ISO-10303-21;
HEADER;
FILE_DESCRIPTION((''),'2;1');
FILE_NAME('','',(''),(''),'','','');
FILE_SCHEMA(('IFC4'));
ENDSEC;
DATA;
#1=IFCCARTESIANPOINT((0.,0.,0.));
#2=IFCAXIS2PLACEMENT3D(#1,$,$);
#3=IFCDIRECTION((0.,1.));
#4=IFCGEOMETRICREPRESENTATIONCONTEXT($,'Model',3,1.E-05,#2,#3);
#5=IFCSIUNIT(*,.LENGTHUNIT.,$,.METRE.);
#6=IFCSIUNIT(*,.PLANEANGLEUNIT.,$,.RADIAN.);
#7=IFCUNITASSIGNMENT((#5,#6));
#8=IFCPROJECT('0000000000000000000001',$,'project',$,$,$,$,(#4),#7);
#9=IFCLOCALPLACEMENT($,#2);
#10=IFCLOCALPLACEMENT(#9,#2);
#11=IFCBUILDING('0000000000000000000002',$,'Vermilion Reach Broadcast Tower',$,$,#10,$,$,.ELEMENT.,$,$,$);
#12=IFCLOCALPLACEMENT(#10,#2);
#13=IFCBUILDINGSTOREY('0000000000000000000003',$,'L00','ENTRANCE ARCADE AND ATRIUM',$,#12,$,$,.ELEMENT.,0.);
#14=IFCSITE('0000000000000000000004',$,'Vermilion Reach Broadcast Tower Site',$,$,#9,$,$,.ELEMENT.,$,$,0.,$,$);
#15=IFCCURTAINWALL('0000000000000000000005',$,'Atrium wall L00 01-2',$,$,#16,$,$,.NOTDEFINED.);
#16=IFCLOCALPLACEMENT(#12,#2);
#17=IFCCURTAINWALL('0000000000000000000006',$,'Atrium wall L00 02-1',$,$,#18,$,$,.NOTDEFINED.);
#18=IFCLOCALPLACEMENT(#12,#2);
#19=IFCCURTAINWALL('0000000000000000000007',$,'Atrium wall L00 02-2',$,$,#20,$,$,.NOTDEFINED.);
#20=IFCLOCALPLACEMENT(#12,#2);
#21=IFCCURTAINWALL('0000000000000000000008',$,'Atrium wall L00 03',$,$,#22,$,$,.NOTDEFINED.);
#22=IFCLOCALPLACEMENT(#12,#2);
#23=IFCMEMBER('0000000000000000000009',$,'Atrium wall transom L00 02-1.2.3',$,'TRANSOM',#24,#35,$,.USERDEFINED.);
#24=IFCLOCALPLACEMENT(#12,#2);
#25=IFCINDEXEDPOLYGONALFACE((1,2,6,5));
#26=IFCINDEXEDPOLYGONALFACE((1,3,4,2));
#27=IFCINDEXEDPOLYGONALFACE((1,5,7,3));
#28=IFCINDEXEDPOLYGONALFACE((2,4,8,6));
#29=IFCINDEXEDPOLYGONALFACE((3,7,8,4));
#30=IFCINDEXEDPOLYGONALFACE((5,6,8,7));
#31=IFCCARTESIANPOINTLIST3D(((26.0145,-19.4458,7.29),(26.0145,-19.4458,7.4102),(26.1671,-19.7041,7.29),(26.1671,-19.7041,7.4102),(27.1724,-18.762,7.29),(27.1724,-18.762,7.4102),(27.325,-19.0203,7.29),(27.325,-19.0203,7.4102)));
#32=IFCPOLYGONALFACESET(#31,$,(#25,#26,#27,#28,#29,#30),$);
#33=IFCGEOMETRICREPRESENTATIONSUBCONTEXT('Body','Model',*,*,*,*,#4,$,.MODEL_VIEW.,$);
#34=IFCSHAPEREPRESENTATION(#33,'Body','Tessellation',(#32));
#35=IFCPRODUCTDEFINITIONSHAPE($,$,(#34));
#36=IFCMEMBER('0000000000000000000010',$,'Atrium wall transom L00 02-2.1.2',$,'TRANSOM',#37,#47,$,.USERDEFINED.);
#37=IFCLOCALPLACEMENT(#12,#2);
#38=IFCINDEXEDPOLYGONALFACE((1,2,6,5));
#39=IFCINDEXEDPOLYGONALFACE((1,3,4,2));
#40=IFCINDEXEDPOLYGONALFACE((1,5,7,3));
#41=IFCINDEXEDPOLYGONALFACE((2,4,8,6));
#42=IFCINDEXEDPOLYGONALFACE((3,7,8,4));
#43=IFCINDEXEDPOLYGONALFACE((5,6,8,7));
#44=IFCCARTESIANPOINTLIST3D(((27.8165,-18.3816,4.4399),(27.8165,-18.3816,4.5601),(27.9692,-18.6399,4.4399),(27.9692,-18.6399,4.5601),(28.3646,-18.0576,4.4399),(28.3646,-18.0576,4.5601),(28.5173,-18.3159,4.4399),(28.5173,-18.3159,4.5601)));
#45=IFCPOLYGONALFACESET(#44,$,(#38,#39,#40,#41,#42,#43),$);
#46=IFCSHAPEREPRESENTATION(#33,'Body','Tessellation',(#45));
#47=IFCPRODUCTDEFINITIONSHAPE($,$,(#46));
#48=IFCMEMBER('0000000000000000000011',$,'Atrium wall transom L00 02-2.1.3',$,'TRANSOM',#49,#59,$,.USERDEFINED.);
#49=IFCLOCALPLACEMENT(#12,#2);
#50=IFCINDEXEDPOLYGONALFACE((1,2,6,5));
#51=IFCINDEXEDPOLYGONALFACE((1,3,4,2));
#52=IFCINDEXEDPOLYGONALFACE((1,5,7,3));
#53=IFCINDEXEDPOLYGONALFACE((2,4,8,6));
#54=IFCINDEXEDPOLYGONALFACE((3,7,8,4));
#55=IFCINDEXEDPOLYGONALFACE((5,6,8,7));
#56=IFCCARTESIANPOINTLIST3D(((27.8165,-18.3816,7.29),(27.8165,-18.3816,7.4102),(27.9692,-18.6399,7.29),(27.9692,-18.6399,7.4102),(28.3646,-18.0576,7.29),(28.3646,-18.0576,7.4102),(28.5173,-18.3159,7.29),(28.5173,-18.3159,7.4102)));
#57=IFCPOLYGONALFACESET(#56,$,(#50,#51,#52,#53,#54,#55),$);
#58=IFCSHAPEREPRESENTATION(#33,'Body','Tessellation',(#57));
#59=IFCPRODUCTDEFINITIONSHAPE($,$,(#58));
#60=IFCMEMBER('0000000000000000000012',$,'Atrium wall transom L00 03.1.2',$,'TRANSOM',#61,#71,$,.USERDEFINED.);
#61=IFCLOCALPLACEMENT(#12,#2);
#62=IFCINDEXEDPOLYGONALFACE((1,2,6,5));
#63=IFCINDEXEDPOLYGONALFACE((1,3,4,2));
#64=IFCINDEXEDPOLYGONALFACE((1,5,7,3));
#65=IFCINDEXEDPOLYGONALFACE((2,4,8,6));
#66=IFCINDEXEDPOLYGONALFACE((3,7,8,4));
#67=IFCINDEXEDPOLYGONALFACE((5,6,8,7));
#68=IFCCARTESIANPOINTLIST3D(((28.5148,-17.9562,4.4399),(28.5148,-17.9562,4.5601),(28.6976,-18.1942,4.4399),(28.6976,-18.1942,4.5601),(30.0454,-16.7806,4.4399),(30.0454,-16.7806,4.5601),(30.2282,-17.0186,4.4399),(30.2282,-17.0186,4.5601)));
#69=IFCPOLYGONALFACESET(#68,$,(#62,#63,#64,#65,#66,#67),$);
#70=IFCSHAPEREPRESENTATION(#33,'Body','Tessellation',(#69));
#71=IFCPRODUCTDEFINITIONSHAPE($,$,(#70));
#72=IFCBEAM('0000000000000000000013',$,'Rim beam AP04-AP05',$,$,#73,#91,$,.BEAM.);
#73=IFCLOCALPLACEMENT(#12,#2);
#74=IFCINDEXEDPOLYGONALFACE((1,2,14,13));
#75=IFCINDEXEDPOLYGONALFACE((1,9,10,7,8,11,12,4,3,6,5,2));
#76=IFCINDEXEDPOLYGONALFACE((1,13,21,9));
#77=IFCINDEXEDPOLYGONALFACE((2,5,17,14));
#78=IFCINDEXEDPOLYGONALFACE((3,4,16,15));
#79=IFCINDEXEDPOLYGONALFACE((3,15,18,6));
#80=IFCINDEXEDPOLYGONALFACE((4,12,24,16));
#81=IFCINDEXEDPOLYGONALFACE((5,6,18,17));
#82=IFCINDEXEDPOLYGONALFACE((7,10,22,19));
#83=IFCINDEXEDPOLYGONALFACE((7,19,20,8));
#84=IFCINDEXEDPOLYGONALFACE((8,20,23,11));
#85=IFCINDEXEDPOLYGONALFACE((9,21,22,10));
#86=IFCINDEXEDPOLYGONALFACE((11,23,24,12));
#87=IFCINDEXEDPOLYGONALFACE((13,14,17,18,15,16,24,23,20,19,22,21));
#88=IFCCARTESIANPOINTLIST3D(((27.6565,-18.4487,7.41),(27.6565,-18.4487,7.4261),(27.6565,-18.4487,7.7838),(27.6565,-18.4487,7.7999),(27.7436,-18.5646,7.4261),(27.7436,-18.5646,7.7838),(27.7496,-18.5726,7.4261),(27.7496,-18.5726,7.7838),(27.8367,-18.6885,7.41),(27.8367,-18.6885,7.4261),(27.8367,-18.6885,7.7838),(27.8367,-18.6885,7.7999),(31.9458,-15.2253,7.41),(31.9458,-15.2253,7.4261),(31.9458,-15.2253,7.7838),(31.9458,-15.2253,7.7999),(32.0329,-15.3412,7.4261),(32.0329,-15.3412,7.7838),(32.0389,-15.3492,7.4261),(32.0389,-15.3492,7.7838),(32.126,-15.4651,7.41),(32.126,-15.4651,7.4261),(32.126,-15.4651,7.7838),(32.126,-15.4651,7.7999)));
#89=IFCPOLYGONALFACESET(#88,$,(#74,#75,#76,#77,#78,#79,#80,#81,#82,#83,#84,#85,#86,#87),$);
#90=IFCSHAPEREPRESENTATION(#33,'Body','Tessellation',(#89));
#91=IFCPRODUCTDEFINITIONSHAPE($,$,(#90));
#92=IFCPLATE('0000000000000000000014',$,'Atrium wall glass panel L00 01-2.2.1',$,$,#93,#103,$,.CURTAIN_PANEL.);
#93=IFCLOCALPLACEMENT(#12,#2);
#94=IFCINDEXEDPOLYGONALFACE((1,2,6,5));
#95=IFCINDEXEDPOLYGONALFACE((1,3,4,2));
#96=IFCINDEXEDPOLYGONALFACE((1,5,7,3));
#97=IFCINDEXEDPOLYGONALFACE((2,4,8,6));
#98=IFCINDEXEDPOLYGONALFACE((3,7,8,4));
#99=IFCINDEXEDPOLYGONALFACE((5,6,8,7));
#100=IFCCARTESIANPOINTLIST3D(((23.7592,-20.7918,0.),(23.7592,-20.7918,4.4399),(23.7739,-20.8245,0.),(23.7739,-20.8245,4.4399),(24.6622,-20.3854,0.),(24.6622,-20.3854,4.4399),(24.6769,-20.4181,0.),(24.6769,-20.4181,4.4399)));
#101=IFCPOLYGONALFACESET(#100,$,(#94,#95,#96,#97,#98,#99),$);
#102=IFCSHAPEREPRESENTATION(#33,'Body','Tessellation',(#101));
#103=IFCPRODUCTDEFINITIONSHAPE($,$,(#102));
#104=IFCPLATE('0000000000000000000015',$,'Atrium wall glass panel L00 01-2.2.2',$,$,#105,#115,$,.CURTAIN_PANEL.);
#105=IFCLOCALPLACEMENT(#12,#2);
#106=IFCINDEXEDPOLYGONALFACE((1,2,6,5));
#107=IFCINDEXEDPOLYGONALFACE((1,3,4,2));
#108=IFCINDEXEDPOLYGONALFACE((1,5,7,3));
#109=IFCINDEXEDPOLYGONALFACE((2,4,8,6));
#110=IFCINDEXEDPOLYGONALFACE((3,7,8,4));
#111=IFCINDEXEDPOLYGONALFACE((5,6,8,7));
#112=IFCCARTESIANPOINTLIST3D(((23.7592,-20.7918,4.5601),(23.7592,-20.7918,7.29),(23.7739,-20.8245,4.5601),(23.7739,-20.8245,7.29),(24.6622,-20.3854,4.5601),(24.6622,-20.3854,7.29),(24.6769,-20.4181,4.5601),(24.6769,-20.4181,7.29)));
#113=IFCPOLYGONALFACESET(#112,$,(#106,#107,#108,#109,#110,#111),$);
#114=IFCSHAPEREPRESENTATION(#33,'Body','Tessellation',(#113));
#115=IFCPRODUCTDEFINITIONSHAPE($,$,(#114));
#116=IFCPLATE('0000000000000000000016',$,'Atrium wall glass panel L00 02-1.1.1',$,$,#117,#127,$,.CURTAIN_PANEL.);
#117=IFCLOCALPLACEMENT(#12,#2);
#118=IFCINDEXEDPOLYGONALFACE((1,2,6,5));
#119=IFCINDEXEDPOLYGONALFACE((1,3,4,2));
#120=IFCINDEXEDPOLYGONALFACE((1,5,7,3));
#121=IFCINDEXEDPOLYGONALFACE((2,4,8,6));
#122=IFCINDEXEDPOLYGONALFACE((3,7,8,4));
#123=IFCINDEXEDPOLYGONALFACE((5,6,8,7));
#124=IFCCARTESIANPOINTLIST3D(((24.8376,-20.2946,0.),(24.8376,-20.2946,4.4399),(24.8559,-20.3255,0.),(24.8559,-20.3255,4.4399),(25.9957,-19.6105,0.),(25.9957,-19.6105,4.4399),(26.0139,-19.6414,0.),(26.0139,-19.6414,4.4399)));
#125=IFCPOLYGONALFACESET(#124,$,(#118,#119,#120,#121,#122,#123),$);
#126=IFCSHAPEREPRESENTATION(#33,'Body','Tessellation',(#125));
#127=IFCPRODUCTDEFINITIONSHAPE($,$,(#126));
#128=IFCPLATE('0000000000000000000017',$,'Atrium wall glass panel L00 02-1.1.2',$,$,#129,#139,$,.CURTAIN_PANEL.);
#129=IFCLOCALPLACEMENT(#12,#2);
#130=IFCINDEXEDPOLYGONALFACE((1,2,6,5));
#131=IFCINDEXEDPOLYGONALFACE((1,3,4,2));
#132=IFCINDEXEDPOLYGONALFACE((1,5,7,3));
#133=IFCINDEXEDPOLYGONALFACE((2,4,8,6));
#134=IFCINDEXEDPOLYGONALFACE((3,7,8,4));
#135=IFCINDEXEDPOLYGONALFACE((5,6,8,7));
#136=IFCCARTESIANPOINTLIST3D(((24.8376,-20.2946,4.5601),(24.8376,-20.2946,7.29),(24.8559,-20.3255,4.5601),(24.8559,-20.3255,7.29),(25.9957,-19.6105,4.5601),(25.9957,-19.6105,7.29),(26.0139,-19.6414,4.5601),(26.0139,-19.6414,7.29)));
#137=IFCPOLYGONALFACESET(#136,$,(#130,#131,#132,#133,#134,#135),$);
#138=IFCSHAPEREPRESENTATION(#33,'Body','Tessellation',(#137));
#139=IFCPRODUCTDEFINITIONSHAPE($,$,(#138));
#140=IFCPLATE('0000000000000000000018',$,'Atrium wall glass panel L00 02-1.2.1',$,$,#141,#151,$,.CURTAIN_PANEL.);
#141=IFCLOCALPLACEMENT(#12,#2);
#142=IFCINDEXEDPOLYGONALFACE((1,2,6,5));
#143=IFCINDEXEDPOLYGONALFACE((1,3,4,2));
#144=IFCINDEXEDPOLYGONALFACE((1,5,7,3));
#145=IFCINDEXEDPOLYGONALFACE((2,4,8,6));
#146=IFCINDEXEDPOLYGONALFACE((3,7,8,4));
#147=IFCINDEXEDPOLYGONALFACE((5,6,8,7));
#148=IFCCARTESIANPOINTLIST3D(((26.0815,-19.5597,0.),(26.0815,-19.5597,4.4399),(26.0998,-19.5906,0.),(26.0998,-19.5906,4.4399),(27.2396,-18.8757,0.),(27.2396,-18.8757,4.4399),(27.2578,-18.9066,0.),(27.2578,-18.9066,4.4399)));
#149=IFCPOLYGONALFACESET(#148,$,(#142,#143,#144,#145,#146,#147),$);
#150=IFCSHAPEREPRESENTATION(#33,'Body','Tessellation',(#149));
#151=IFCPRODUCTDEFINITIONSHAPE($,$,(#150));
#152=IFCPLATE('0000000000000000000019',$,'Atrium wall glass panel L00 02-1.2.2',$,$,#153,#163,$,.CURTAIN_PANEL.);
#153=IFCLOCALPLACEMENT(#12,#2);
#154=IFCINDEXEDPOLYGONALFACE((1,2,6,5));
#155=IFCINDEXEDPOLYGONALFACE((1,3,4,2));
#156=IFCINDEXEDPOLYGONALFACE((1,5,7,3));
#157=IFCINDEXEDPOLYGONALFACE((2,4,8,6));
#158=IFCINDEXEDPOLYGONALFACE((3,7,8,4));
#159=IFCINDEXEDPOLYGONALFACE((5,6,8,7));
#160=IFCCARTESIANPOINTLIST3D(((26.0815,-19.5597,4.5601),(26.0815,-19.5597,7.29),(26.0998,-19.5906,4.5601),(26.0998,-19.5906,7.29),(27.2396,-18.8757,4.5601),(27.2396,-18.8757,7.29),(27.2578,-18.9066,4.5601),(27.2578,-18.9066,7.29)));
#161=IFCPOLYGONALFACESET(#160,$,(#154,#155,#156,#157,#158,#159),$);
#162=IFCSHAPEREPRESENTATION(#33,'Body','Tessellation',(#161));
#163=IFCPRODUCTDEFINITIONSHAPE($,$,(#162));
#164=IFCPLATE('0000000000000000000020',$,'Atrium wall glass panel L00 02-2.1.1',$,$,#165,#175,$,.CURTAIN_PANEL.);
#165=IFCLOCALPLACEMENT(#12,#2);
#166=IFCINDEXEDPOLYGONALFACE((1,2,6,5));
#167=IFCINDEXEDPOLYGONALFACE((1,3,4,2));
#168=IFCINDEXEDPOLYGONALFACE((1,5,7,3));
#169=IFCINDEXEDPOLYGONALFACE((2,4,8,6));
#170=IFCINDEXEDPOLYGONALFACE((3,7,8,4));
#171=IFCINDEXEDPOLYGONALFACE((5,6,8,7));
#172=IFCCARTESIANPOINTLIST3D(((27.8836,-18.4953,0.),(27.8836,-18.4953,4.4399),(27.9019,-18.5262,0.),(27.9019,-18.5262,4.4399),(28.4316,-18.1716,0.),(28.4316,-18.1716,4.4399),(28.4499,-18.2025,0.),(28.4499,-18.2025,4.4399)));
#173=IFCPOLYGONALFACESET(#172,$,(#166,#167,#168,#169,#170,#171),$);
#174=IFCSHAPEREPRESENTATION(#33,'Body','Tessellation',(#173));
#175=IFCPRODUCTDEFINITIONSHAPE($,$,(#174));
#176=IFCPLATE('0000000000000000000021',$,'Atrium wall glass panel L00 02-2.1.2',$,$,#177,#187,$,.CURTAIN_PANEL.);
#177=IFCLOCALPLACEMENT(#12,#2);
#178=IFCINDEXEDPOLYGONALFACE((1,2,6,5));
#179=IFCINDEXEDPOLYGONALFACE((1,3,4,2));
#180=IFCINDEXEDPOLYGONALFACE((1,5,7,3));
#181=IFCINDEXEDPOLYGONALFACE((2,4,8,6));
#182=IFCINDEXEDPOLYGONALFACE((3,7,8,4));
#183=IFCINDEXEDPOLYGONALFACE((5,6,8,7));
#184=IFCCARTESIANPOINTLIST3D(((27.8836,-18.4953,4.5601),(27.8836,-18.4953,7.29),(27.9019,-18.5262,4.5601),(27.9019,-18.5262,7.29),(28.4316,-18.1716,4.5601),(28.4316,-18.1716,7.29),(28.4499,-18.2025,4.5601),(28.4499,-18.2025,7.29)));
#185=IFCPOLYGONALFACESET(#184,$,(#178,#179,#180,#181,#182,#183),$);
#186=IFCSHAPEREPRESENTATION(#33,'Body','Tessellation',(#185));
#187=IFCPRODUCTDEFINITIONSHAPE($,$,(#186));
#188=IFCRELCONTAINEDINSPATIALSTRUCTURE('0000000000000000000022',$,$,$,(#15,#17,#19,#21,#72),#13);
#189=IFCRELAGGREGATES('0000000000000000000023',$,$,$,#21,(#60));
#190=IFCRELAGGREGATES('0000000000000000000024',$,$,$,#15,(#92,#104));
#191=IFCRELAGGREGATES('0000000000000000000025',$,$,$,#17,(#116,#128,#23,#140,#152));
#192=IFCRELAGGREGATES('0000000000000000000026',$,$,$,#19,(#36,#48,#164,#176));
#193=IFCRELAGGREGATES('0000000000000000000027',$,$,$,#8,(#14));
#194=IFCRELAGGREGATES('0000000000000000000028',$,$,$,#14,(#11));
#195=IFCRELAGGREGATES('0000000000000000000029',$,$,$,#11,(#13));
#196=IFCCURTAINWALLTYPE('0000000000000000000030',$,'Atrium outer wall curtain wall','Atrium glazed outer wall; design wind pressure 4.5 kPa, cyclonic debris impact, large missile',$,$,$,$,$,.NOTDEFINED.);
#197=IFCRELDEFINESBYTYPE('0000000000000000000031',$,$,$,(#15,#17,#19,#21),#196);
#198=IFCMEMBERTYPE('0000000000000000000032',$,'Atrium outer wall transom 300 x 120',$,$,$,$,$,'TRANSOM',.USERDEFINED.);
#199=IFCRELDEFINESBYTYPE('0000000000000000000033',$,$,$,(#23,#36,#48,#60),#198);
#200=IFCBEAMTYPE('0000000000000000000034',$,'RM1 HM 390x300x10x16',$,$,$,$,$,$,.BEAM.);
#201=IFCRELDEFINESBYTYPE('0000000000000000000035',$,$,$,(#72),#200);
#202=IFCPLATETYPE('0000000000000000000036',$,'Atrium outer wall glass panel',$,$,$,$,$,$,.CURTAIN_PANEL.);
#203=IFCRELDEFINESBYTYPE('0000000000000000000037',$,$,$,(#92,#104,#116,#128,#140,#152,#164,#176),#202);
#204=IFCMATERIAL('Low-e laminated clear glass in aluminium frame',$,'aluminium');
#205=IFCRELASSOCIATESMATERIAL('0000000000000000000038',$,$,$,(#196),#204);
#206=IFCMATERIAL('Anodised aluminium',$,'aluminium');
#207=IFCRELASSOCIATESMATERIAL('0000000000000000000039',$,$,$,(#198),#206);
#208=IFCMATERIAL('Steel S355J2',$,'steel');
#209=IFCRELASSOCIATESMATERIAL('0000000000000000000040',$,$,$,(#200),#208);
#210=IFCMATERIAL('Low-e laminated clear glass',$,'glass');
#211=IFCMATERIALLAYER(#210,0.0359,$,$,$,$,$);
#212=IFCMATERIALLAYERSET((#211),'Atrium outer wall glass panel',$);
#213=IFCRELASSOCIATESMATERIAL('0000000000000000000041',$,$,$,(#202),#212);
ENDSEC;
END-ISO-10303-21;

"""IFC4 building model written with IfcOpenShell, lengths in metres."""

from ifc_helpers import new_model, si_unit, direction, frame, origin, origin_2d, place, context, subcontext, project, spatial, rectangle, i_section, extrude, material, layer, layer_set, material_profile, profile_set, type_object, element, aggregate, save


model = new_model("IFC4")

# Units and contexts
model_context = context("Model", 3, precision=1e-05, world=origin(), true_north=direction((0.0, 1.0)))
body_context = subcontext(model_context, "Body", "Model", "MODEL_VIEW")
ifc_project = project(units=[si_unit("LENGTHUNIT", "METRE"), si_unit("PLANEANGLEUNIT", "RADIAN")], contexts=[model_context])

# Site, building, storey
site_placement = place(None, origin())
site = spatial("IfcSite", under=ifc_project, at=site_placement, Name="Vermilion Reach Broadcast Tower Site", CompositionType="ELEMENT", RefElevation=0.0)
building_placement = place(site_placement, origin())
building = spatial("IfcBuilding", under=site, at=building_placement, Name="Vermilion Reach Broadcast Tower", CompositionType="ELEMENT")
storey_placement = place(building_placement, origin())
storey = spatial("IfcBuildingStorey", under=building, at=storey_placement, Name="L00", Description="ENTRANCE ARCADE AND ATRIUM", CompositionType="ELEMENT", Elevation=0.0)

# Curtain walls
ifc_material_1 = material(Name="Low-e laminated clear glass in aluminium frame", Category="aluminium")
curtain_wall_type = type_object("IfcCurtainWallType", Name="Atrium outer wall curtain wall", Description="Atrium glazed outer wall; design wind pressure 4.5 kPa, cyclonic debris impact, large missile", PredefinedType="NOTDEFINED", material=ifc_material_1)
placement = place(storey_placement, origin())
curtain_wall_1 = element("IfcCurtainWall", 1, at=placement, inside=storey, type_object=curtain_wall_type, Name="Atrium wall L00 01-2", PredefinedType="NOTDEFINED")
curtain_wall_2 = element("IfcCurtainWall", 2, at=placement, inside=storey, type_object=curtain_wall_type, Name="Atrium wall L00 02-1", PredefinedType="NOTDEFINED")
curtain_wall_3 = element("IfcCurtainWall", 3, at=placement, inside=storey, type_object=curtain_wall_type, Name="Atrium wall L00 02-2", PredefinedType="NOTDEFINED")

# Curtain wall
curtain_wall_4 = element("IfcCurtainWall", 4, at=placement, inside=storey, type_object=curtain_wall_type, Name="Atrium wall L00 03", PredefinedType="NOTDEFINED")

# Members
ifc_material_2 = material(Name="Anodised aluminium", Category="aluminium")
ifc_material_profile_1 = material_profile(ifc_material_2, rectangle(XDim=0.3, YDim=0.1201, at=origin_2d()), Name="Atrium outer wall transom 300 x 120")
ifc_profile_set_1 = profile_set([ifc_material_profile_1], Name="Anodised aluminium")
member_type_1 = type_object("IfcMemberType", Name="Atrium outer wall transom 300 x 120", ElementType="TRANSOM", PredefinedType="USERDEFINED", material=ifc_profile_set_1)
member_1_placement = place(storey_placement, frame((26.0908, -19.575, 7.3501), z_axis=(0.86106, 0.508503, 0.0), x_axis=(-0.508503, 0.86106, 0.0)))
member_1 = element("IfcMember", 5, at=member_1_placement, type_object=member_type_1, Name="Atrium wall transom L00 02-1.2.3", ObjectType="TRANSOM", PredefinedType="USERDEFINED", context=body_context, shape_type="SweptSolid", body=[
    extrude(rectangle(XDim=0.3, YDim=0.1201, at=origin_2d()), origin(), (0.0, 0.0, 1.0), 1.3447),
])
member_2_placement = place(storey_placement, frame((27.8928, -18.5107, 4.5), z_axis=(0.860858, 0.508846, 0.0), x_axis=(-0.508846, 0.860858, 0.0)))
member_2 = element("IfcMember", 6, at=member_2_placement, type_object=member_type_1, Name="Atrium wall transom L00 02-2.1.2", ObjectType="TRANSOM", PredefinedType="USERDEFINED", context=body_context, shape_type="SweptSolid", body=[
    extrude(rectangle(XDim=0.3, YDim=0.1201, at=origin_2d()), origin(), (0.0, 0.0, 1.0), 0.6367),
])
member_3_placement = place(storey_placement, frame((27.8928, -18.5107, 7.3501), z_axis=(0.860858, 0.508846, 0.0), x_axis=(-0.508846, 0.860858, 0.0)))
member_3 = element("IfcMember", 7, at=member_3_placement, type_object=member_type_1, Name="Atrium wall transom L00 02-2.1.3", ObjectType="TRANSOM", PredefinedType="USERDEFINED", context=body_context, shape_type="SweptSolid", body=[
    extrude(rectangle(XDim=0.3, YDim=0.1201, at=origin_2d()), origin(), (0.0, 0.0, 1.0), 0.6367),
])
member_4_placement = place(storey_placement, frame((28.6062, -18.0752, 4.5), z_axis=(0.793071, 0.60913, 0.0), x_axis=(-0.60913, 0.793071, 0.0)))
member_4 = element("IfcMember", 8, at=member_4_placement, type_object=member_type_1, Name="Atrium wall transom L00 03.1.2", ObjectType="TRANSOM", PredefinedType="USERDEFINED", context=body_context, shape_type="SweptSolid", body=[
    extrude(rectangle(XDim=0.3, YDim=0.1201, at=origin_2d()), origin(), (0.0, 0.0, 1.0), 1.9299),
])
aggregate(curtain_wall_4, [member_4])

# Beam
ifc_material_3 = material(Name="Steel S355J2", Category="steel")
ifc_material_profile_2 = material_profile(ifc_material_3, i_section(OverallWidth=0.3, OverallDepth=0.3899, WebThickness=0.01, FlangeThickness=0.0161, at=origin_2d()), Name="S355J2 HM 390x300x10x16")
ifc_profile_set_2 = profile_set([ifc_material_profile_2], Name="Steel S355J2")
beam_type = type_object("IfcBeamType", Name="RM1 HM 390x300x10x16", PredefinedType="BEAM", material=ifc_profile_set_2)
beam_placement = place(storey_placement, frame((27.7466, -18.5686, 7.605), z_axis=(0.799426, 0.600764, 0.0), x_axis=(-0.600764, 0.799426, 0.0)))
element("IfcBeam", 9, at=beam_placement, inside=storey, type_object=beam_type, Name="Rim beam AP04-AP05", PredefinedType="BEAM", context=body_context, shape_type="SweptSolid", body=[
    extrude(i_section(OverallWidth=0.3, OverallDepth=0.3899, WebThickness=0.01, FlangeThickness=0.0161, at=origin_2d()), origin(), (0.0, 0.0, 1.0), 5.3655),
])

# Plates
ifc_material_4 = material(Name="Low-e laminated clear glass", Category="glass")
ifc_layer = layer(ifc_material_4, 0.0359)
ifc_layer_set = layer_set([ifc_layer], Name="Atrium outer wall glass panel")
plate_type = type_object("IfcPlateType", Name="Atrium outer wall glass panel", PredefinedType="CURTAIN_PANEL", material=ifc_layer_set)
plate_1_placement = place(storey_placement, frame((24.218, -20.605, 0.0), z_axis=(0.0, 0.0, 1.0), x_axis=(0.911902, 0.410408, 0.0)))
plate_1 = element("IfcPlate", 10, at=plate_1_placement, type_object=plate_type, Name="Atrium wall glass panel L00 01-2.2.1", PredefinedType="CURTAIN_PANEL", context=body_context, shape_type="SweptSolid", body=[
    extrude(rectangle(XDim=0.9902, YDim=0.0359, at=origin_2d()), origin(), (0.0, 0.0, 1.0), 4.4399),
])
plate_2_placement = place(storey_placement, frame((24.218, -20.605, 4.5601), z_axis=(0.0, 0.0, 1.0), x_axis=(0.911902, 0.410408, 0.0)))
plate_2 = element("IfcPlate", 11, at=plate_2_placement, type_object=plate_type, Name="Atrium wall glass panel L00 01-2.2.2", PredefinedType="CURTAIN_PANEL", context=body_context, shape_type="SweptSolid", body=[
    extrude(rectangle(XDim=0.9902, YDim=0.0359, at=origin_2d()), origin(), (0.0, 0.0, 1.0), 2.73),
])
aggregate(curtain_wall_1, [plate_1, plate_2])
plate_3_placement = place(storey_placement, frame((25.4258, -19.968, 0.0), z_axis=(0.0, 0.0, 1.0), x_axis=(0.861009, 0.50859, 0.0)))
plate_3 = element("IfcPlate", 12, at=plate_3_placement, type_object=plate_type, Name="Atrium wall glass panel L00 02-1.1.1", PredefinedType="CURTAIN_PANEL", context=body_context, shape_type="SweptSolid", body=[
    extrude(rectangle(XDim=1.345, YDim=0.0359, at=origin_2d()), origin(), (0.0, 0.0, 1.0), 4.4399),
])
plate_4_placement = place(storey_placement, frame((25.4258, -19.968, 4.5601), z_axis=(0.0, 0.0, 1.0), x_axis=(0.861009, 0.50859, 0.0)))
plate_4 = element("IfcPlate", 13, at=plate_4_placement, type_object=plate_type, Name="Atrium wall glass panel L00 02-1.1.2", PredefinedType="CURTAIN_PANEL", context=body_context, shape_type="SweptSolid", body=[
    extrude(rectangle(XDim=1.345, YDim=0.0359, at=origin_2d()), origin(), (0.0, 0.0, 1.0), 2.73),
])
plate_5_placement = place(storey_placement, frame((26.6697, -19.2332, 0.0), z_axis=(0.0, 0.0, 1.0), x_axis=(0.861009, 0.50859, 0.0)))
plate_5 = element("IfcPlate", 14, at=plate_5_placement, type_object=plate_type, Name="Atrium wall glass panel L00 02-1.2.1", PredefinedType="CURTAIN_PANEL", context=body_context, shape_type="SweptSolid", body=[
    extrude(rectangle(XDim=1.345, YDim=0.0359, at=origin_2d()), origin(), (0.0, 0.0, 1.0), 4.4399),
])
plate_6_placement = place(storey_placement, frame((26.6697, -19.2332, 4.5601), z_axis=(0.0, 0.0, 1.0), x_axis=(0.861009, 0.50859, 0.0)))
plate_6 = element("IfcPlate", 15, at=plate_6_placement, type_object=plate_type, Name="Atrium wall glass panel L00 02-1.2.2", PredefinedType="CURTAIN_PANEL", context=body_context, shape_type="SweptSolid", body=[
    extrude(rectangle(XDim=1.345, YDim=0.0359, at=origin_2d()), origin(), (0.0, 0.0, 1.0), 2.73),
])
aggregate(curtain_wall_2, [plate_3, plate_4, member_1, plate_5, plate_6])
plate_7_placement = place(storey_placement, frame((28.1667, -18.3489, 0.0), z_axis=(0.0, 0.0, 1.0), x_axis=(0.861009, 0.50859, 0.0)))
plate_7 = element("IfcPlate", 16, at=plate_7_placement, type_object=plate_type, Name="Atrium wall glass panel L00 02-2.1.1", PredefinedType="CURTAIN_PANEL", context=body_context, shape_type="SweptSolid", body=[
    extrude(rectangle(XDim=0.6365, YDim=0.0359, at=origin_2d()), origin(), (0.0, 0.0, 1.0), 4.4399),
])
plate_8_placement = place(storey_placement, frame((28.1667, -18.3489, 4.5601), z_axis=(0.0, 0.0, 1.0), x_axis=(0.861009, 0.50859, 0.0)))
plate_8 = element("IfcPlate", 17, at=plate_8_placement, type_object=plate_type, Name="Atrium wall glass panel L00 02-2.1.2", PredefinedType="CURTAIN_PANEL", context=body_context, shape_type="SweptSolid", body=[
    extrude(rectangle(XDim=0.6365, YDim=0.0359, at=origin_2d()), origin(), (0.0, 0.0, 1.0), 2.73),
])
aggregate(curtain_wall_3, [member_2, member_3, plate_7, plate_8])

save(model, "model.ifc")
